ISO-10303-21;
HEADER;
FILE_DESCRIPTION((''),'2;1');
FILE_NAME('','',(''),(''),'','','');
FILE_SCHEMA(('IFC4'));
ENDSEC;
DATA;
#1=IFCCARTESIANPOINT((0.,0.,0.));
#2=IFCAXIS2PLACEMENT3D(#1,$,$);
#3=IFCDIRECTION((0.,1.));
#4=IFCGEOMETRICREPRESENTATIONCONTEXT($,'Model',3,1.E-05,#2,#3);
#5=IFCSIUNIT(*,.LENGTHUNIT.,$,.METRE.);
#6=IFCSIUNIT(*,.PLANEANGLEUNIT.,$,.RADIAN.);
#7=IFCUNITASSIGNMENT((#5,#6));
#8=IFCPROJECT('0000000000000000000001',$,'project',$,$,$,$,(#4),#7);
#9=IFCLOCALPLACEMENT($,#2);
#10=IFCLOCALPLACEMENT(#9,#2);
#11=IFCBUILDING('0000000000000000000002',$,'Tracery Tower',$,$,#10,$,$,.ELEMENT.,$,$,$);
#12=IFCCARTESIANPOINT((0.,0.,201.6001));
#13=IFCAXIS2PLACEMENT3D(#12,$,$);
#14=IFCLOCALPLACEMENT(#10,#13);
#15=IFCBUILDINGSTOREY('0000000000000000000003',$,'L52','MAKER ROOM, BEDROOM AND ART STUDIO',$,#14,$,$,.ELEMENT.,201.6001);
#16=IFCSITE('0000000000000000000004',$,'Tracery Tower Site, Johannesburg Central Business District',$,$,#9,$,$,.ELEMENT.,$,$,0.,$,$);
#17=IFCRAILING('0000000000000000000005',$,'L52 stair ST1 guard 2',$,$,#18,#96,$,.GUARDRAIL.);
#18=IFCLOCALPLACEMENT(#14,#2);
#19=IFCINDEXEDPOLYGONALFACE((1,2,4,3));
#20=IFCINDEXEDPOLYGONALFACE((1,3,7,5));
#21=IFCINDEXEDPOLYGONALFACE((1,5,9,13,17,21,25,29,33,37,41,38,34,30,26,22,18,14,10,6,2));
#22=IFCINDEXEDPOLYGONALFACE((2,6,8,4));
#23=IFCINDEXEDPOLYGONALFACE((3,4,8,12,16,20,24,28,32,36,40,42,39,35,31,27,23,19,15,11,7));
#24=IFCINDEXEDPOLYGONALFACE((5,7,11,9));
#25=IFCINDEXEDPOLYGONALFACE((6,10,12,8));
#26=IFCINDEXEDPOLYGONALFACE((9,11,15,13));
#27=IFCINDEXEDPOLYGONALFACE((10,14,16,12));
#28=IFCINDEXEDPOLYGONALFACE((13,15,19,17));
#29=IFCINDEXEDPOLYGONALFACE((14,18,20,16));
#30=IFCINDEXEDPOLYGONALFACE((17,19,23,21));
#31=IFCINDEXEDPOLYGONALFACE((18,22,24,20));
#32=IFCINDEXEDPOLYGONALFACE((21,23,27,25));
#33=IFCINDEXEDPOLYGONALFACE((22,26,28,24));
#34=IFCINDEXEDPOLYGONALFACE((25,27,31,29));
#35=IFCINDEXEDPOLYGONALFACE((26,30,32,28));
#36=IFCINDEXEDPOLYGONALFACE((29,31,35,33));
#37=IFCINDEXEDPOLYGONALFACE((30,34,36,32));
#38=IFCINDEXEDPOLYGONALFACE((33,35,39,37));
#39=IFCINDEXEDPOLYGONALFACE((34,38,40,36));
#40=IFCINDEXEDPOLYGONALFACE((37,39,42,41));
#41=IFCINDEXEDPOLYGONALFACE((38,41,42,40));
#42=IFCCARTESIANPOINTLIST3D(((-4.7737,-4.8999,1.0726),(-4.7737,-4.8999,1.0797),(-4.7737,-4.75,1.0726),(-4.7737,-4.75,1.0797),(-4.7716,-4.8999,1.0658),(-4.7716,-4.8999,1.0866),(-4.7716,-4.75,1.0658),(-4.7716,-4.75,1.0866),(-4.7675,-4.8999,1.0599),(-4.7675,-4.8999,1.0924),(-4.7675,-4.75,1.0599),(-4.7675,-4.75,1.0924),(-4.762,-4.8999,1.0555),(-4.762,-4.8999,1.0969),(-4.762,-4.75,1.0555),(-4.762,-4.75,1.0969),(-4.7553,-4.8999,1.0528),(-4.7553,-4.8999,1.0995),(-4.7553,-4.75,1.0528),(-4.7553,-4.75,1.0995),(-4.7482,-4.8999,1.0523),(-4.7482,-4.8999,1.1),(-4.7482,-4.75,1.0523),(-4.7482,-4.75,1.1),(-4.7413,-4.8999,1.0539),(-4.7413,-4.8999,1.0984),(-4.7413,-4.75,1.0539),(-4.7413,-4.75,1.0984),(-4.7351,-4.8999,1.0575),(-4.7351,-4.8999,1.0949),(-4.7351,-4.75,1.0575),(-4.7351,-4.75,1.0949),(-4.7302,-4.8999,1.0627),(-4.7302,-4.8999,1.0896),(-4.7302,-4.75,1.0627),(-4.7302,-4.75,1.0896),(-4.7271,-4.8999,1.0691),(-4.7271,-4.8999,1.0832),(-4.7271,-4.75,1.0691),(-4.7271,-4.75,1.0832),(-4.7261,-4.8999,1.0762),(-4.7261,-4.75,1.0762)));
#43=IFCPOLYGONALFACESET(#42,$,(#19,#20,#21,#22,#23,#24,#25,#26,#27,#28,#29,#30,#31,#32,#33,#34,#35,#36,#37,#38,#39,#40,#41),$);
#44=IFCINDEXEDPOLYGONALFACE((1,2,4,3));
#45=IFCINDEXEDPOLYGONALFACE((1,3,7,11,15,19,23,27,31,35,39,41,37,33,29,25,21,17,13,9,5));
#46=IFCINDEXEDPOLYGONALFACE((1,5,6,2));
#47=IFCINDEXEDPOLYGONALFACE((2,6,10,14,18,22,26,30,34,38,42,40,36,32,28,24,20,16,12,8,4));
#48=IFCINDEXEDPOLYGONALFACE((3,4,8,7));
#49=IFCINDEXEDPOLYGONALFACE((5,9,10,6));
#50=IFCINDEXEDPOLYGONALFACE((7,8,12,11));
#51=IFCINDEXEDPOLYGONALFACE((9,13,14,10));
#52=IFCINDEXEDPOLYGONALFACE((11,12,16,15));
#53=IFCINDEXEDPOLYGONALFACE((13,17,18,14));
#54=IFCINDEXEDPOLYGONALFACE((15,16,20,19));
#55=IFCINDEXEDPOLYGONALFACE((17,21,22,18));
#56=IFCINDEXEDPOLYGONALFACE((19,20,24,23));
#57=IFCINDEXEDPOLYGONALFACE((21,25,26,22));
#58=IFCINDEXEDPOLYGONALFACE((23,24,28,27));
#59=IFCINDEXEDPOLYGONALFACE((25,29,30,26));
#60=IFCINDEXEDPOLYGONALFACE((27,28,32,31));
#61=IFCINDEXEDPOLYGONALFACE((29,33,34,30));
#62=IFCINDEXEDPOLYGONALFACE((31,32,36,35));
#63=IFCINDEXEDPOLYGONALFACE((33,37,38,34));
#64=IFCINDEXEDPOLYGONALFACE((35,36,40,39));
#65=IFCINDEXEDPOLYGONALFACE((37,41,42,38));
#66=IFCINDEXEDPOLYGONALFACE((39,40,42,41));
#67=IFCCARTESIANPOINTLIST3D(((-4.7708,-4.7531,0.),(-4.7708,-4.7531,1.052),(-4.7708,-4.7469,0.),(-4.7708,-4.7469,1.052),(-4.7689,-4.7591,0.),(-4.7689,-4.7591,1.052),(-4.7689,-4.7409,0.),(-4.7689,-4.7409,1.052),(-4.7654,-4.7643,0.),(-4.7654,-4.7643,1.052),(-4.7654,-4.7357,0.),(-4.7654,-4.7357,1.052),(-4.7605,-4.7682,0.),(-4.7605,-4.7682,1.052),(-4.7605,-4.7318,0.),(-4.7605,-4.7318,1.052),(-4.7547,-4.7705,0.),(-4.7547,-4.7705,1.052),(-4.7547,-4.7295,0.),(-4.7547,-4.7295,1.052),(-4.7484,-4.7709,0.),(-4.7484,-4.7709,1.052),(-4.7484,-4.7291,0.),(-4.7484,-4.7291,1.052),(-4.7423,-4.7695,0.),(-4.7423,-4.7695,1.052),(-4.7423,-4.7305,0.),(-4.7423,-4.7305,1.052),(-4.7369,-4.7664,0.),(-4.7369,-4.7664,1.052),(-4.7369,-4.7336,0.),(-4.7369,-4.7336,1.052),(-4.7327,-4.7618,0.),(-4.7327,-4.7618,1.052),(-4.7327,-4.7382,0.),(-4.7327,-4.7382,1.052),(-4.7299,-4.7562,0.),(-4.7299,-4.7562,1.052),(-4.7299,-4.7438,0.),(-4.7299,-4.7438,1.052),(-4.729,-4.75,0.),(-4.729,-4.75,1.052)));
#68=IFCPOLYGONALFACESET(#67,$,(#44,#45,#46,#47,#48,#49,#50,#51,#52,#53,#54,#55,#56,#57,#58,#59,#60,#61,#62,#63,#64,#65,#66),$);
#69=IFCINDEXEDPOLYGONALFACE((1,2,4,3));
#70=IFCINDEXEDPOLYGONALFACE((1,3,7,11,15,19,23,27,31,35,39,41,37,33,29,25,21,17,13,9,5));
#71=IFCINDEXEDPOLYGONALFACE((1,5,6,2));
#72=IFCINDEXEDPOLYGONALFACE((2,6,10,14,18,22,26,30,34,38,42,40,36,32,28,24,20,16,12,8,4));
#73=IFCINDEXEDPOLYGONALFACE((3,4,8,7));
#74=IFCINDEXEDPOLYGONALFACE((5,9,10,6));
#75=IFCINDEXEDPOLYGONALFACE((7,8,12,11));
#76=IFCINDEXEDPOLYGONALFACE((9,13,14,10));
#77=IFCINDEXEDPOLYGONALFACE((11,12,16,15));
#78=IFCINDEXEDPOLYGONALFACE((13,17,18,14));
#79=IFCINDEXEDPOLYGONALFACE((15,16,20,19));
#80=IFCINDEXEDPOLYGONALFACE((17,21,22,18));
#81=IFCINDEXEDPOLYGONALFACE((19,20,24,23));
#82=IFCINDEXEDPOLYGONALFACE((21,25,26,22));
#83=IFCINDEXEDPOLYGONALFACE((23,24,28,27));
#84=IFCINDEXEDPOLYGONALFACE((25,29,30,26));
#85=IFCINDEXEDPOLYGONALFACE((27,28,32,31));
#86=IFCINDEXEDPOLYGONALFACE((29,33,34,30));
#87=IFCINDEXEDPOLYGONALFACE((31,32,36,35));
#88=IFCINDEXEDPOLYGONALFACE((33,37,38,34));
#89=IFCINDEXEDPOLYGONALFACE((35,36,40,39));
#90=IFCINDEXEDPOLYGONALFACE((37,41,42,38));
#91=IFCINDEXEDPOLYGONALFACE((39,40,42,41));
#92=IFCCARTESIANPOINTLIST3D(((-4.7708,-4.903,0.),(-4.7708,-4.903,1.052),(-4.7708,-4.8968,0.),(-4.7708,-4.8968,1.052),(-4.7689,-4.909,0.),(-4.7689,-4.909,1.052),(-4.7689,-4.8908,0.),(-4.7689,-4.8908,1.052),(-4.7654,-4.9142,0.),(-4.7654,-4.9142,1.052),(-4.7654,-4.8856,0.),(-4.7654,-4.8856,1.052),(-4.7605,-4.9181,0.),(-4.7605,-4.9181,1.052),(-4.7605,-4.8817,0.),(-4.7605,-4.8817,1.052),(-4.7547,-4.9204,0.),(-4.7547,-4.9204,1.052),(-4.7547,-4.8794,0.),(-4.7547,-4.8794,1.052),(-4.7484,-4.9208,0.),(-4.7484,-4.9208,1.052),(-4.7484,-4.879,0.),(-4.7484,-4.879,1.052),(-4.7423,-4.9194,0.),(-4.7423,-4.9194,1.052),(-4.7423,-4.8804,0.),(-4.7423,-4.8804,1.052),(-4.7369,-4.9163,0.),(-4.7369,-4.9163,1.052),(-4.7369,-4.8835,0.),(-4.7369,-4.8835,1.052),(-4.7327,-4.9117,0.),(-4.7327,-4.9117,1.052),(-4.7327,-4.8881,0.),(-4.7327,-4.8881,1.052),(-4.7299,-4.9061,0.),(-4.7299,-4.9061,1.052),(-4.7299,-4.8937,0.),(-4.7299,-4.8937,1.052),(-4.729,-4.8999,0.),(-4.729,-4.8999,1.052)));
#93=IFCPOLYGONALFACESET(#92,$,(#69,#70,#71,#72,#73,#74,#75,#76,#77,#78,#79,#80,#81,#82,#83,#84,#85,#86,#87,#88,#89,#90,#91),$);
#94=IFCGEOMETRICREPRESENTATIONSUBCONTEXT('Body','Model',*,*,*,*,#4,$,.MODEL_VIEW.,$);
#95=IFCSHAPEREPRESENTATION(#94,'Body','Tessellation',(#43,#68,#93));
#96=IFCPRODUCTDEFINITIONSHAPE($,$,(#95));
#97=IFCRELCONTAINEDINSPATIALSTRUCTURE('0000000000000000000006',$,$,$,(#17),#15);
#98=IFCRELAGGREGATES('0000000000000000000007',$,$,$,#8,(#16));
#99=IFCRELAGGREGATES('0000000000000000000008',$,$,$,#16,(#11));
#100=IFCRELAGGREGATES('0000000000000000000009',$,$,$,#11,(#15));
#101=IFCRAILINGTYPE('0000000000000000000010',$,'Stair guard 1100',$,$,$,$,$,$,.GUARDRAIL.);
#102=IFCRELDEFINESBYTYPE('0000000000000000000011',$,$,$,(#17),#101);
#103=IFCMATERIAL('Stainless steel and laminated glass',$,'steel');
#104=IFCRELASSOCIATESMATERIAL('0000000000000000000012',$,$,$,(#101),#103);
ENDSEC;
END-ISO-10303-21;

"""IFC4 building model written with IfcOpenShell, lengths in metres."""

from ifc_helpers import new_model, si_unit, direction, frame, origin, origin_2d, place, context, subcontext, project, spatial, circle, extrude, material, type_object, element, save


model = new_model("IFC4")

# Units and contexts
model_context = context("Model", 3, precision=1e-05, world=origin(), true_north=direction((0.0, 1.0)))
body_context = subcontext(model_context, "Body", "Model", "MODEL_VIEW")
ifc_project = project(units=[si_unit("LENGTHUNIT", "METRE"), si_unit("PLANEANGLEUNIT", "RADIAN")], contexts=[model_context])

# Site, building, storey
site_placement = place(None, origin())
site = spatial("IfcSite", under=ifc_project, at=site_placement, Name="Tracery Tower Site, Johannesburg Central Business District", CompositionType="ELEMENT", RefElevation=0.0)
building_placement = place(site_placement, origin())
building = spatial("IfcBuilding", under=site, at=building_placement, Name="Tracery Tower", CompositionType="ELEMENT")
storey_placement = place(building_placement, frame((0.0, 0.0, 201.6001)))
storey = spatial("IfcBuildingStorey", under=building, at=storey_placement, Name="L52", Description="MAKER ROOM, BEDROOM AND ART STUDIO", CompositionType="ELEMENT", Elevation=201.6001)

# Railing
ifc_material_1 = material(Name="Stainless steel and laminated glass", Category="steel")
railing_type_1 = type_object("IfcRailingType", Name="Stair guard 1100", PredefinedType="GUARDRAIL", material=ifc_material_1)
railing_1_placement = place(storey_placement, frame((-4.75, -4.75, 0.0)))
element("IfcRailing", 1, at=railing_1_placement, inside=storey, type_object=railing_type_1, Name="L52 stair ST1 guard 2", PredefinedType="GUARDRAIL", context=body_context, shape_type="SweptSolid", body=[
    extrude(circle(Radius=0.0239, at=origin_2d()), frame((0.0, 0.0, 1.0762), z_axis=(0.0, -1.0, 0.0), x_axis=(1.0, 0.0, 0.0)), (0.0, 0.0, 1.0), 0.1499),
    extrude(circle(Radius=0.021, at=origin_2d()), origin(), (0.0, 0.0, 1.0), 1.052),
    extrude(circle(Radius=0.021, at=origin_2d()), frame((0.0, -0.1499, 0.0)), (0.0, 0.0, 1.0), 1.052),
])

save(model, "model.ifc")
